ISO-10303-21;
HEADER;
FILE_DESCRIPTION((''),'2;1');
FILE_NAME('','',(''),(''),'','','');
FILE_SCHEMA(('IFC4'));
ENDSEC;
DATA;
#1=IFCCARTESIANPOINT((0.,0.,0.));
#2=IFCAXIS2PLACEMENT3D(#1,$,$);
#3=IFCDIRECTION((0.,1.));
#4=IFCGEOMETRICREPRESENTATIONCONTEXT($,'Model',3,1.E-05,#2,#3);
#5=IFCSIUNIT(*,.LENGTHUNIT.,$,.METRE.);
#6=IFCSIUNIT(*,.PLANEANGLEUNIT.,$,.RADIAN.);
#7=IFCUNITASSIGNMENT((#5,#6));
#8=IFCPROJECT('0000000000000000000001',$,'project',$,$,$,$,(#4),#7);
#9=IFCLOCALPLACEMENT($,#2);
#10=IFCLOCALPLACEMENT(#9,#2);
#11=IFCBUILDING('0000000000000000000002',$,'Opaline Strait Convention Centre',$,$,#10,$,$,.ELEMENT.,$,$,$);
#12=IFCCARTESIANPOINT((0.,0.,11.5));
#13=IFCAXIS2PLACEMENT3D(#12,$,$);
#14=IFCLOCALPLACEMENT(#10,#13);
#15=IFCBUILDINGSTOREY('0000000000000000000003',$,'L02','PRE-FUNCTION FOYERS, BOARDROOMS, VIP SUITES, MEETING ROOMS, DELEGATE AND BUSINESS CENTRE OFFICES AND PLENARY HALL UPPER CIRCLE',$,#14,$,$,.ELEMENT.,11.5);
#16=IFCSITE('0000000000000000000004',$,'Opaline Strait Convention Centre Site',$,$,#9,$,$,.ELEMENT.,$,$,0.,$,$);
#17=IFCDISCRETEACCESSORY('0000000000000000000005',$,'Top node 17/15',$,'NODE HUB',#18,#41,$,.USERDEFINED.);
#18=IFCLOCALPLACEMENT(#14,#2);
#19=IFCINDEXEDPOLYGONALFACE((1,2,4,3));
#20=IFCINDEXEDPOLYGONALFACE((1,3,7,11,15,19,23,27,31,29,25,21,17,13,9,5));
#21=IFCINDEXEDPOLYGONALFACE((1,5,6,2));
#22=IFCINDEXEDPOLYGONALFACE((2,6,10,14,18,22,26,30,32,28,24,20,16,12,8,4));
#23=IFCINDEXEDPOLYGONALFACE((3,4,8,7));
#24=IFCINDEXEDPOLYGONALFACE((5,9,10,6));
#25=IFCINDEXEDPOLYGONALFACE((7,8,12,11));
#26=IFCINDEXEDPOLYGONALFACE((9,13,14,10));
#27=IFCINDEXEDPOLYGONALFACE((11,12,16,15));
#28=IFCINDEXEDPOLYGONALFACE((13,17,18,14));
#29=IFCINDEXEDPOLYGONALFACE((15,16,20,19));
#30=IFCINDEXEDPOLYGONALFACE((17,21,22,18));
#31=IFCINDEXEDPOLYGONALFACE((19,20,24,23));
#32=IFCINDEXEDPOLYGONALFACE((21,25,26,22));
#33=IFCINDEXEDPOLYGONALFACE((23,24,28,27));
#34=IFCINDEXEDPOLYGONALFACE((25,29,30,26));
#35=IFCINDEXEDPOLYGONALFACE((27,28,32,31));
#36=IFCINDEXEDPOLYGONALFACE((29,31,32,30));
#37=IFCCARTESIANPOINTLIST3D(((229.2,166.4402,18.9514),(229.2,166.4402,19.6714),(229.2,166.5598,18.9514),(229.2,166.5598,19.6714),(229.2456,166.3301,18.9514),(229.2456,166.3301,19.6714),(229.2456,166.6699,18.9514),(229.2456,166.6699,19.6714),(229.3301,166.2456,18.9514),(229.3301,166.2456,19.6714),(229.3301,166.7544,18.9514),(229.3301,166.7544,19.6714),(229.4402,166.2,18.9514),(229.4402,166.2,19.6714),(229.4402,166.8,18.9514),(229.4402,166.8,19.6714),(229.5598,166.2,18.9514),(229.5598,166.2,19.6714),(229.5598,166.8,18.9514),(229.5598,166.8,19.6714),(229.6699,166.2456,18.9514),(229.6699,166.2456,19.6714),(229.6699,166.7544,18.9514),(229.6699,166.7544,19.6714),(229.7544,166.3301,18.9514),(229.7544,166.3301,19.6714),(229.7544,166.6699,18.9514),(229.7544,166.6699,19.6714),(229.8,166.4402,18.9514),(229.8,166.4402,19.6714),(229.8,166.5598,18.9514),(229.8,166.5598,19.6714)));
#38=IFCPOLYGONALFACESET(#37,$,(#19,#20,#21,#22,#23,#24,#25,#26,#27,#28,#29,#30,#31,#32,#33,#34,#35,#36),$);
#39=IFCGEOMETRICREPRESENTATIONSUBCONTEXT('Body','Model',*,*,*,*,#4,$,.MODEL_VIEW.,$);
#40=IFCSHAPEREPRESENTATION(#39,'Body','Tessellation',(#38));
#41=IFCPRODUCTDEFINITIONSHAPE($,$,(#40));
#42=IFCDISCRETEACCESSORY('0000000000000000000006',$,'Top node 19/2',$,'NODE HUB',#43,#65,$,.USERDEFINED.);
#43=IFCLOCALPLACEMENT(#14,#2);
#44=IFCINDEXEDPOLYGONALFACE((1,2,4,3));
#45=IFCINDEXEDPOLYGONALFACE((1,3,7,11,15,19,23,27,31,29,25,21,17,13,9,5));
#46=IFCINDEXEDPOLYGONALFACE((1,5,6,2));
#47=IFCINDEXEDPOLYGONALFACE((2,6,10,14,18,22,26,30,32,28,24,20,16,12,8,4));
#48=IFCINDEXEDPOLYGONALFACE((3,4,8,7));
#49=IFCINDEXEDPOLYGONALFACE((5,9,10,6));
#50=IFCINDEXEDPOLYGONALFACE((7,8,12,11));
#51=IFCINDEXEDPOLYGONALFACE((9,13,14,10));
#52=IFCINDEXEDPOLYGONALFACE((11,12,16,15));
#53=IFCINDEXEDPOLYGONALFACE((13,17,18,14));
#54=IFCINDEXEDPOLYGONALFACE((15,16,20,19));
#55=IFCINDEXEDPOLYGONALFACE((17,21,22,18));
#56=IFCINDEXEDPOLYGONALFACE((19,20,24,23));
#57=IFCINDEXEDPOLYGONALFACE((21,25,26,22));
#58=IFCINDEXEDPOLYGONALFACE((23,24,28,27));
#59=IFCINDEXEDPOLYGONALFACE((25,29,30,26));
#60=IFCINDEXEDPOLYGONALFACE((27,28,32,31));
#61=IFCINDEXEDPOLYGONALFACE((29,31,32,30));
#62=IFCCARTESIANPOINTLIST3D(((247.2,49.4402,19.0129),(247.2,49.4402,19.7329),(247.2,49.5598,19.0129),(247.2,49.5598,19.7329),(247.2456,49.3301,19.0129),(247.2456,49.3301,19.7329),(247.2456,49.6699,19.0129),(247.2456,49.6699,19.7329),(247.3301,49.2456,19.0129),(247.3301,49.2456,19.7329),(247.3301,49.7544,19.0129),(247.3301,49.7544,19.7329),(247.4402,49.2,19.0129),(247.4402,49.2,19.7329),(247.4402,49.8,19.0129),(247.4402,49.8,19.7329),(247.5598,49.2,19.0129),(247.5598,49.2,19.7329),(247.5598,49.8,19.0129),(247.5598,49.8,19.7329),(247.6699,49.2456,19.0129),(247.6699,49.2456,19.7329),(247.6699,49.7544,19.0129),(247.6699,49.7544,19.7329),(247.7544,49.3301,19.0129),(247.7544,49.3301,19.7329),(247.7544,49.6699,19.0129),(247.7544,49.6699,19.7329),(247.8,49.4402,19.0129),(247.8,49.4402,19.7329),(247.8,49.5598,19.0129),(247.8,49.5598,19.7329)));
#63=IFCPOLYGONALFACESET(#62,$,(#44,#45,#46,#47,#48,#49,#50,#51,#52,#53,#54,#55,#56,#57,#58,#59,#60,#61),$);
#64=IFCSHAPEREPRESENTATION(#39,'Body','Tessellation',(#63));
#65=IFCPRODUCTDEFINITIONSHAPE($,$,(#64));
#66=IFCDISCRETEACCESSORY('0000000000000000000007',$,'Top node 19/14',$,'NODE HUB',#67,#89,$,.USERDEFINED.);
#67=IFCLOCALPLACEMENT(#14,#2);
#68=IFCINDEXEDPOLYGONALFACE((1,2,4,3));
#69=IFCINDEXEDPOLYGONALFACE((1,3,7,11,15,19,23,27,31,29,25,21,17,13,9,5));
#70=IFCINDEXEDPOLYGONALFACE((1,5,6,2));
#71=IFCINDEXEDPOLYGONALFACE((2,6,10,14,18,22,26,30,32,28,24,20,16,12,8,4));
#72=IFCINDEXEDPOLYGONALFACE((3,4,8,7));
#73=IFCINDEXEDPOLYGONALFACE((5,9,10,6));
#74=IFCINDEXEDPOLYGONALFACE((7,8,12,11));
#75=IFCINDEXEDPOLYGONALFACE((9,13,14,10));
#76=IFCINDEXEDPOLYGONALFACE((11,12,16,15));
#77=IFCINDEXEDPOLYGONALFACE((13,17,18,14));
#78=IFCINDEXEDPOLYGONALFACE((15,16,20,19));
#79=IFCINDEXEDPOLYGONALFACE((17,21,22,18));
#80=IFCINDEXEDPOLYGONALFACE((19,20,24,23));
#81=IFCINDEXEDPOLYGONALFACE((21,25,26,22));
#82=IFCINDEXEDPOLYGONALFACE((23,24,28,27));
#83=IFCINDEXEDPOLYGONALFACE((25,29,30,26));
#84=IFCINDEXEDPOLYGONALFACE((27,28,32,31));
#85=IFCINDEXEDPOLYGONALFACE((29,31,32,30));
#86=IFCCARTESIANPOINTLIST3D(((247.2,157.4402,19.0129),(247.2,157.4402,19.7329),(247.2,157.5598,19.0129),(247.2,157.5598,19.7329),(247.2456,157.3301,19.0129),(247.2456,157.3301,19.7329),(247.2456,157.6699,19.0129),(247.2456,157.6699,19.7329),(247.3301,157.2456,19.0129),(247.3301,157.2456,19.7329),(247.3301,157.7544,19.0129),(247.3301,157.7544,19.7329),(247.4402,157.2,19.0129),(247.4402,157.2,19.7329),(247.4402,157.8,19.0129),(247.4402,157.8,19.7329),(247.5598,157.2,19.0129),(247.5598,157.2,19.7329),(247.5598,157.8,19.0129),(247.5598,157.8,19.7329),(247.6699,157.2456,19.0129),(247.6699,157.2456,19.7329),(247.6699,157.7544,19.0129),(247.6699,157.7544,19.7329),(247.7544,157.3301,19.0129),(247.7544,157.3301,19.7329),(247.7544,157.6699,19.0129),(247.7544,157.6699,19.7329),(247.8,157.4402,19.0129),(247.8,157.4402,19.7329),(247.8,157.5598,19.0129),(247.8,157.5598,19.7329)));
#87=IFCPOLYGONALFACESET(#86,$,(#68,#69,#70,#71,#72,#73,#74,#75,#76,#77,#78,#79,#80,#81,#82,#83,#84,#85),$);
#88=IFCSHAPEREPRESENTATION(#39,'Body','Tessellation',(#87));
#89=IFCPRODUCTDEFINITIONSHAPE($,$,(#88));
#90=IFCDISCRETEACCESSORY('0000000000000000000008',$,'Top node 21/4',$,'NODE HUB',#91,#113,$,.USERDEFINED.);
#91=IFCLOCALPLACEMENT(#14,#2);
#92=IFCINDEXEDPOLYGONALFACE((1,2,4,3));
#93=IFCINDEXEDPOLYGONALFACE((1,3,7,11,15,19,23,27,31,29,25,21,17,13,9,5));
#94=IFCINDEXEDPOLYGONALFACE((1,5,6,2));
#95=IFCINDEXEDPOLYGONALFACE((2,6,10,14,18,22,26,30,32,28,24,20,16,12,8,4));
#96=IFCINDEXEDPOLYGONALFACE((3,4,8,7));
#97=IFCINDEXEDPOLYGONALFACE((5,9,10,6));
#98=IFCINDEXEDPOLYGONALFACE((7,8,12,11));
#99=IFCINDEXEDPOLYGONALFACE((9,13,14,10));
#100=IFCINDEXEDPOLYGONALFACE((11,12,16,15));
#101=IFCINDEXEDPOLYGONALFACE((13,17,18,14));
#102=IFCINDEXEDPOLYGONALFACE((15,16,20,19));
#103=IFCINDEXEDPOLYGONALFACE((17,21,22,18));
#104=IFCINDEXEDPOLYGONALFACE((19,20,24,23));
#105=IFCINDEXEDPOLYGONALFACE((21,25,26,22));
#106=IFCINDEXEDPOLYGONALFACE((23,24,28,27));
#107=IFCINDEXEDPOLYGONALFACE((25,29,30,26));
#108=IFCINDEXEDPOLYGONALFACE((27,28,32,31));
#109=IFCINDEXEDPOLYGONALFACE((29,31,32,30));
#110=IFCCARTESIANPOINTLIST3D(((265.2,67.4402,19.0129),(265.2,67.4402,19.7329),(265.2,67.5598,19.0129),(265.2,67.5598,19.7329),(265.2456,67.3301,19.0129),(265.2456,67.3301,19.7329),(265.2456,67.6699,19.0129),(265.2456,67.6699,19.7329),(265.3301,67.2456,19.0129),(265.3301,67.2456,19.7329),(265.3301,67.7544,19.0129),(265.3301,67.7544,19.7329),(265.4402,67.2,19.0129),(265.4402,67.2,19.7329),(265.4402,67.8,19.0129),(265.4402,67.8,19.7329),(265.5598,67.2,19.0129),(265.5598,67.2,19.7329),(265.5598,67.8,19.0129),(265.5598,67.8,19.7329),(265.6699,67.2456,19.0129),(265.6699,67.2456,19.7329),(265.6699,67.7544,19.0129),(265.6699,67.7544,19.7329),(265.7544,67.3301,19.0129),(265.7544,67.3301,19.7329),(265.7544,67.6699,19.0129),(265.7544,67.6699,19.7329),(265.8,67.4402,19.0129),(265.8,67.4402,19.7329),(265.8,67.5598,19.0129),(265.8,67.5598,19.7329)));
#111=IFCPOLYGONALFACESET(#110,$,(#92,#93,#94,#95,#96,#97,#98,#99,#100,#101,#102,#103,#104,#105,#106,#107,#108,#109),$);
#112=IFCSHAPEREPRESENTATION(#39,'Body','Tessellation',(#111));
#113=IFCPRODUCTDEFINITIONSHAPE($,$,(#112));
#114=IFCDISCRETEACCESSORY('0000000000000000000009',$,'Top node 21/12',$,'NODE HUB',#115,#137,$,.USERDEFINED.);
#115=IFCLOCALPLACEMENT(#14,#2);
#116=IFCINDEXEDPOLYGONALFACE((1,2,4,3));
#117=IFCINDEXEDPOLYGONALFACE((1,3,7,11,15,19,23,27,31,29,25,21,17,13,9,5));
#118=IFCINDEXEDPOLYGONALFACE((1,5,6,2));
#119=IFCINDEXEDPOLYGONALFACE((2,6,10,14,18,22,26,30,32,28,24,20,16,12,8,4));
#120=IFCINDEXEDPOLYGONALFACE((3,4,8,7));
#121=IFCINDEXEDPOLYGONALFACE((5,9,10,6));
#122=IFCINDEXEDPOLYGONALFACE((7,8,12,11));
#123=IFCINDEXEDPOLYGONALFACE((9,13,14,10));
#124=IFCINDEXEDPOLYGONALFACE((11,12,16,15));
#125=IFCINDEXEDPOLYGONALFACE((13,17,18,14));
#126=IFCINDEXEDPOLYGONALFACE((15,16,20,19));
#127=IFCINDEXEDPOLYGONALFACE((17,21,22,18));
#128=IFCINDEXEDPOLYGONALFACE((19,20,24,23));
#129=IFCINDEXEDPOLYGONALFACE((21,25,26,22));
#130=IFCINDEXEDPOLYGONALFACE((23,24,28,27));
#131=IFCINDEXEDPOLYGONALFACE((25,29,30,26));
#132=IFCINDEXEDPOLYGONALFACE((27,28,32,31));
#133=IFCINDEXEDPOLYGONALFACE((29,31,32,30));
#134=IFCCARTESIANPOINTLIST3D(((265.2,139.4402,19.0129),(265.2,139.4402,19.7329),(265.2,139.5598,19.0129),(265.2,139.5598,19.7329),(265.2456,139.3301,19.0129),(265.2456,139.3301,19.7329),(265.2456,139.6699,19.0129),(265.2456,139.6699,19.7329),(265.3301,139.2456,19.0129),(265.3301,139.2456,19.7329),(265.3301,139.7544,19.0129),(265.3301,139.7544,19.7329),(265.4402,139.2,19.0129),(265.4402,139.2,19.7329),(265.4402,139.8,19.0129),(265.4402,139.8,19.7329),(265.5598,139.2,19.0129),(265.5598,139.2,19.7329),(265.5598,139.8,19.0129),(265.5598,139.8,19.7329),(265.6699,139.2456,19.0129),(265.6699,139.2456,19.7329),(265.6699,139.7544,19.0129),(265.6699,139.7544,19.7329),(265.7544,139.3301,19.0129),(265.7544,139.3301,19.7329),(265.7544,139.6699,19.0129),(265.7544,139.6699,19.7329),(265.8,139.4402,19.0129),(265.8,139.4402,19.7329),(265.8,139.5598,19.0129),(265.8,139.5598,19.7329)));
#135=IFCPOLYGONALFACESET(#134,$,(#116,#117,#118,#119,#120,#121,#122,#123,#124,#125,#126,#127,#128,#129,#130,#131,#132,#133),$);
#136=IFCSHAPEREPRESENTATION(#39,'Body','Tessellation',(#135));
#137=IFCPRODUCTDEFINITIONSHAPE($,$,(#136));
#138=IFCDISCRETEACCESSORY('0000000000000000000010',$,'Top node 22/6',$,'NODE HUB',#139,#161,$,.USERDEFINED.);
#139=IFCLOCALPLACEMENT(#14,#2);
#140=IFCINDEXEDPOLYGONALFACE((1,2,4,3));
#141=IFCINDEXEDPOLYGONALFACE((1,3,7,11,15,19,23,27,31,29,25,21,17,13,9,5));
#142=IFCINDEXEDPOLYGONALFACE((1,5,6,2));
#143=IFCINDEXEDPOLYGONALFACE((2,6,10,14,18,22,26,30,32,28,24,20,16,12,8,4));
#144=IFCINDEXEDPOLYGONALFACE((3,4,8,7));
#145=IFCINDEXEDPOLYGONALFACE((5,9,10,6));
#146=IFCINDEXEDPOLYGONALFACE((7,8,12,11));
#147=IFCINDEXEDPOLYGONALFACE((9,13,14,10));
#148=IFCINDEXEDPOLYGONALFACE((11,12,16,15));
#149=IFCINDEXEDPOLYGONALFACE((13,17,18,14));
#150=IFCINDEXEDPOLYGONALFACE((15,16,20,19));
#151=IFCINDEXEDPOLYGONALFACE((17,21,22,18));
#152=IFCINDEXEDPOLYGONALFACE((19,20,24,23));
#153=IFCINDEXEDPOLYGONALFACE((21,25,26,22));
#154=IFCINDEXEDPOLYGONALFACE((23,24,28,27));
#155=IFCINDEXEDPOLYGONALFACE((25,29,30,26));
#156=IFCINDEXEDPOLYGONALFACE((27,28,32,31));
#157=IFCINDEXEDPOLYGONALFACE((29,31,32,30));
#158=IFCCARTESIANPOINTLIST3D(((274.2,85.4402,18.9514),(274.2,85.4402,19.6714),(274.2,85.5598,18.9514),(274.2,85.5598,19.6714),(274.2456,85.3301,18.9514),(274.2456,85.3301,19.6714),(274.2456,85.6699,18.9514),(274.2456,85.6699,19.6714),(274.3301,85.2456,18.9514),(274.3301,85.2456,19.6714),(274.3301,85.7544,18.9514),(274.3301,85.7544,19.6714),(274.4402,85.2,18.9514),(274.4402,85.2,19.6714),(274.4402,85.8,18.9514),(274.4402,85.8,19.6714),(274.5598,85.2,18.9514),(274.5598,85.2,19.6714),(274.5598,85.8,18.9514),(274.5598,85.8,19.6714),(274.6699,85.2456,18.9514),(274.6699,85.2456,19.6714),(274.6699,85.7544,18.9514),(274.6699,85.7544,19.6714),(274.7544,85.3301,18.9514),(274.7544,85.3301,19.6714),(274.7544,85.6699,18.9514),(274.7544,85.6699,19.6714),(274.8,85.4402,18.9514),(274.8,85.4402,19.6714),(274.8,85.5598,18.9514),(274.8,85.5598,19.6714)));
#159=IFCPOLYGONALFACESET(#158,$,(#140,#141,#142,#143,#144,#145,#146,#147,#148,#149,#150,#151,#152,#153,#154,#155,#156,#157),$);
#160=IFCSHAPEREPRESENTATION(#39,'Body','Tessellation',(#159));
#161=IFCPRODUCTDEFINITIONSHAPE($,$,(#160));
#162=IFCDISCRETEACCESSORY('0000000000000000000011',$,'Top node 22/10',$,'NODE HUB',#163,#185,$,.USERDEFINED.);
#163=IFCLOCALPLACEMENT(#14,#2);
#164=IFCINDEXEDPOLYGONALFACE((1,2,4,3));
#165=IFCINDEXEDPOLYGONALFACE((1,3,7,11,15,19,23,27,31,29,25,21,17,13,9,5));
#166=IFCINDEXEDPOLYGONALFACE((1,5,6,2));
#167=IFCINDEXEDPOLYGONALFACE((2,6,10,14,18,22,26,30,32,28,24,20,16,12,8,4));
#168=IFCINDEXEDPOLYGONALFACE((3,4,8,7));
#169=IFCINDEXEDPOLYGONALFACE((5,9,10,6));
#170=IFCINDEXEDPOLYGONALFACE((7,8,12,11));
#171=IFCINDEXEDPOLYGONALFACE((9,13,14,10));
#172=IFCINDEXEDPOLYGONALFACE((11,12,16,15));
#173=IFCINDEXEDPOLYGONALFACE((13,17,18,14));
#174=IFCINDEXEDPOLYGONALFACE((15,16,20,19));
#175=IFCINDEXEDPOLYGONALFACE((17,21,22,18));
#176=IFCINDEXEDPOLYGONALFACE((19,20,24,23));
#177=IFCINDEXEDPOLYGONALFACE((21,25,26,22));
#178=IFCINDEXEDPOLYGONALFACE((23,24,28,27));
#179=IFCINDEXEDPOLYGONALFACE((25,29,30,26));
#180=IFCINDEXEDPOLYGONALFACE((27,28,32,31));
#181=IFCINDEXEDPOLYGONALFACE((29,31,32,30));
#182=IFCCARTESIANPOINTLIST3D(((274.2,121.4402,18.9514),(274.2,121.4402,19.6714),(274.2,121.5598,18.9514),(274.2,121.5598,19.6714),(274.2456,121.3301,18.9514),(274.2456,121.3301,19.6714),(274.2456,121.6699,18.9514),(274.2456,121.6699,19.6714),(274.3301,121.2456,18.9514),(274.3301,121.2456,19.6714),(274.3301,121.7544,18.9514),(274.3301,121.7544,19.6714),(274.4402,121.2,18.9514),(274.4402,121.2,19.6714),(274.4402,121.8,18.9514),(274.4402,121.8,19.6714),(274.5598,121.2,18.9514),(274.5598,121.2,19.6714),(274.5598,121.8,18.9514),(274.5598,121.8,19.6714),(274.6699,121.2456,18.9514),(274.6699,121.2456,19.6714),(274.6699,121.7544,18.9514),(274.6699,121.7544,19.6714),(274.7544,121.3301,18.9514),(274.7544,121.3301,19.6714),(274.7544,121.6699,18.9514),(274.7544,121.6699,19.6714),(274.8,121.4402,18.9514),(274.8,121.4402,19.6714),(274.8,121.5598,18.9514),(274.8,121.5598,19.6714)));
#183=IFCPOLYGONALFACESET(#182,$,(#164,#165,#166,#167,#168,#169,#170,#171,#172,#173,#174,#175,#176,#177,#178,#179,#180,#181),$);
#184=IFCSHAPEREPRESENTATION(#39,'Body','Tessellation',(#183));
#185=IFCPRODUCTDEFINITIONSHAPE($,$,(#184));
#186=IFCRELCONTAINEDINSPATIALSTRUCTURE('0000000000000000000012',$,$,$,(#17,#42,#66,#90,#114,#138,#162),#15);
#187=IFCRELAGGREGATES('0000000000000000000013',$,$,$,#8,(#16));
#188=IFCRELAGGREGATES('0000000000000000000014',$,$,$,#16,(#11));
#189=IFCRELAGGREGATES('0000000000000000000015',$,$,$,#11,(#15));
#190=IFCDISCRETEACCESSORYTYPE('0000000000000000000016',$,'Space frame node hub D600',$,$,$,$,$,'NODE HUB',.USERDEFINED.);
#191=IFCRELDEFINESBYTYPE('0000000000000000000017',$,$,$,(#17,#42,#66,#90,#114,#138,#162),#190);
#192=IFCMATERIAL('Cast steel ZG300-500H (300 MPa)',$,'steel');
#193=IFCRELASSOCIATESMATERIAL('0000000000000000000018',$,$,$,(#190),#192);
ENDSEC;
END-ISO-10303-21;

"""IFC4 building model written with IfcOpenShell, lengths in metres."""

from ifc_helpers import new_model, si_unit, direction, frame, origin, place, context, subcontext, project, spatial, polyline, outline, extrude, material, type_object, element, save


model = new_model("IFC4")

# Units and contexts
model_context = context("Model", 3, precision=1e-05, world=origin(), true_north=direction((0.0, 1.0)))
body_context = subcontext(model_context, "Body", "Model", "MODEL_VIEW")
ifc_project = project(units=[si_unit("LENGTHUNIT", "METRE"), si_unit("PLANEANGLEUNIT", "RADIAN")], contexts=[model_context])

# Site, building, storey
site_placement = place(None, origin())
site = spatial("IfcSite", under=ifc_project, at=site_placement, Name="Opaline Strait Convention Centre Site", CompositionType="ELEMENT", RefElevation=0.0)
building_placement = place(site_placement, origin())
building = spatial("IfcBuilding", under=site, at=building_placement, Name="Opaline Strait Convention Centre", CompositionType="ELEMENT")
storey_placement = place(building_placement, frame((0.0, 0.0, 11.5)))
storey = spatial("IfcBuildingStorey", under=building, at=storey_placement, Name="L02", Description="PRE-FUNCTION FOYERS, BOARDROOMS, VIP SUITES, MEETING ROOMS, DELEGATE AND BUSINESS CENTRE OFFICES AND PLENARY HALL UPPER CIRCLE", CompositionType="ELEMENT", Elevation=11.5)

# Discrete accessories
ifc_material = material(Name="Cast steel ZG300-500H (300 MPa)", Category="steel")
discrete_accessory_type_1 = type_object("IfcDiscreteAccessoryType", Name="Space frame node hub D600", ElementType="NODE HUB", PredefinedType="USERDEFINED", material=ifc_material)
discrete_accessory_1_placement = place(storey_placement, frame((0.0, 0.0, 18.9514)))
element("IfcDiscreteAccessory", 1, at=discrete_accessory_1_placement, inside=storey, type_object=discrete_accessory_type_1, Name="Top node 17/15", ObjectType="NODE HUB", PredefinedType="USERDEFINED", context=body_context, shape_type="SweptSolid", body=[
    extrude(outline(polyline([(229.8, 166.5598), (229.7544, 166.6699), (229.6699, 166.7544), (229.5598, 166.8), (229.4402, 166.8), (229.3301, 166.7544), (229.2456, 166.6699), (229.2, 166.5598), (229.2, 166.4402), (229.2456, 166.3301), (229.3301, 166.2456), (229.4402, 166.2), (229.5598, 166.2), (229.6699, 166.2456), (229.7544, 166.3301), (229.8, 166.4402), (229.8, 166.5598)])), origin(), (0.0, 0.0, 1.0), 0.72),
])
discrete_accessory_2_placement = place(storey_placement, frame((0.0, 0.0, 19.0129)))
element("IfcDiscreteAccessory", 2, at=discrete_accessory_2_placement, inside=storey, type_object=discrete_accessory_type_1, Name="Top node 19/2", ObjectType="NODE HUB", PredefinedType="USERDEFINED", context=body_context, shape_type="SweptSolid", body=[
    extrude(outline(polyline([(247.8, 49.5598), (247.7544, 49.6699), (247.6699, 49.7544), (247.5598, 49.8), (247.4402, 49.8), (247.3301, 49.7544), (247.2456, 49.6699), (247.2, 49.5598), (247.2, 49.4402), (247.2456, 49.3301), (247.3301, 49.2456), (247.4402, 49.2), (247.5598, 49.2), (247.6699, 49.2456), (247.7544, 49.3301), (247.8, 49.4402), (247.8, 49.5598)])), origin(), (0.0, 0.0, 1.0), 0.72),
])
discrete_accessory_3_placement = place(storey_placement, frame((0.0, 0.0, 19.0129)))
element("IfcDiscreteAccessory", 3, at=discrete_accessory_3_placement, inside=storey, type_object=discrete_accessory_type_1, Name="Top node 19/14", ObjectType="NODE HUB", PredefinedType="USERDEFINED", context=body_context, shape_type="SweptSolid", body=[
    extrude(outline(polyline([(247.8, 157.5598), (247.7544, 157.6699), (247.6699, 157.7544), (247.5598, 157.8), (247.4402, 157.8), (247.3301, 157.7544), (247.2456, 157.6699), (247.2, 157.5598), (247.2, 157.4402), (247.2456, 157.3301), (247.3301, 157.2456), (247.4402, 157.2), (247.5598, 157.2), (247.6699, 157.2456), (247.7544, 157.3301), (247.8, 157.4402), (247.8, 157.5598)])), origin(), (0.0, 0.0, 1.0), 0.72),
])
discrete_accessory_4_placement = place(storey_placement, frame((0.0, 0.0, 19.0129)))
element("IfcDiscreteAccessory", 4, at=discrete_accessory_4_placement, inside=storey, type_object=discrete_accessory_type_1, Name="Top node 21/4", ObjectType="NODE HUB", PredefinedType="USERDEFINED", context=body_context, shape_type="SweptSolid", body=[
    extrude(outline(polyline([(265.8, 67.5598), (265.7544, 67.6699), (265.6699, 67.7544), (265.5598, 67.8), (265.4402, 67.8), (265.3301, 67.7544), (265.2456, 67.6699), (265.2, 67.5598), (265.2, 67.4402), (265.2456, 67.3301), (265.3301, 67.2456), (265.4402, 67.2), (265.5598, 67.2), (265.6699, 67.2456), (265.7544, 67.3301), (265.8, 67.4402), (265.8, 67.5598)])), origin(), (0.0, 0.0, 1.0), 0.72),
])
discrete_accessory_5_placement = place(storey_placement, frame((0.0, 0.0, 19.0129)))
element("IfcDiscreteAccessory", 5, at=discrete_accessory_5_placement, inside=storey, type_object=discrete_accessory_type_1, Name="Top node 21/12", ObjectType="NODE HUB", PredefinedType="USERDEFINED", context=body_context, shape_type="SweptSolid", body=[
    extrude(outline(polyline([(265.8, 139.5598), (265.7544, 139.6699), (265.6699, 139.7544), (265.5598, 139.8), (265.4402, 139.8), (265.3301, 139.7544), (265.2456, 139.6699), (265.2, 139.5598), (265.2, 139.4402), (265.2456, 139.3301), (265.3301, 139.2456), (265.4402, 139.2), (265.5598, 139.2), (265.6699, 139.2456), (265.7544, 139.3301), (265.8, 139.4402), (265.8, 139.5598)])), origin(), (0.0, 0.0, 1.0), 0.72),
])
discrete_accessory_6_placement = place(storey_placement, frame((0.0, 0.0, 18.9514)))
element("IfcDiscreteAccessory", 6, at=discrete_accessory_6_placement, inside=storey, type_object=discrete_accessory_type_1, Name="Top node 22/6", ObjectType="NODE HUB", PredefinedType="USERDEFINED", context=body_context, shape_type="SweptSolid", body=[
    extrude(outline(polyline([(274.8, 85.5598), (274.7544, 85.6699), (274.6699, 85.7544), (274.5598, 85.8), (274.4402, 85.8), (274.3301, 85.7544), (274.2456, 85.6699), (274.2, 85.5598), (274.2, 85.4402), (274.2456, 85.3301), (274.3301, 85.2456), (274.4402, 85.2), (274.5598, 85.2), (274.6699, 85.2456), (274.7544, 85.3301), (274.8, 85.4402), (274.8, 85.5598)])), origin(), (0.0, 0.0, 1.0), 0.72),
])
discrete_accessory_7_placement = place(storey_placement, frame((0.0, 0.0, 18.9514)))
element("IfcDiscreteAccessory", 7, at=discrete_accessory_7_placement, inside=storey, type_object=discrete_accessory_type_1, Name="Top node 22/10", ObjectType="NODE HUB", PredefinedType="USERDEFINED", context=body_context, shape_type="SweptSolid", body=[
    extrude(outline(polyline([(274.8, 121.5598), (274.7544, 121.6699), (274.6699, 121.7544), (274.5598, 121.8), (274.4402, 121.8), (274.3301, 121.7544), (274.2456, 121.6699), (274.2, 121.5598), (274.2, 121.4402), (274.2456, 121.3301), (274.3301, 121.2456), (274.4402, 121.2), (274.5598, 121.2), (274.6699, 121.2456), (274.7544, 121.3301), (274.8, 121.4402), (274.8, 121.5598)])), origin(), (0.0, 0.0, 1.0), 0.72),
])

save(model, "model.ifc")
